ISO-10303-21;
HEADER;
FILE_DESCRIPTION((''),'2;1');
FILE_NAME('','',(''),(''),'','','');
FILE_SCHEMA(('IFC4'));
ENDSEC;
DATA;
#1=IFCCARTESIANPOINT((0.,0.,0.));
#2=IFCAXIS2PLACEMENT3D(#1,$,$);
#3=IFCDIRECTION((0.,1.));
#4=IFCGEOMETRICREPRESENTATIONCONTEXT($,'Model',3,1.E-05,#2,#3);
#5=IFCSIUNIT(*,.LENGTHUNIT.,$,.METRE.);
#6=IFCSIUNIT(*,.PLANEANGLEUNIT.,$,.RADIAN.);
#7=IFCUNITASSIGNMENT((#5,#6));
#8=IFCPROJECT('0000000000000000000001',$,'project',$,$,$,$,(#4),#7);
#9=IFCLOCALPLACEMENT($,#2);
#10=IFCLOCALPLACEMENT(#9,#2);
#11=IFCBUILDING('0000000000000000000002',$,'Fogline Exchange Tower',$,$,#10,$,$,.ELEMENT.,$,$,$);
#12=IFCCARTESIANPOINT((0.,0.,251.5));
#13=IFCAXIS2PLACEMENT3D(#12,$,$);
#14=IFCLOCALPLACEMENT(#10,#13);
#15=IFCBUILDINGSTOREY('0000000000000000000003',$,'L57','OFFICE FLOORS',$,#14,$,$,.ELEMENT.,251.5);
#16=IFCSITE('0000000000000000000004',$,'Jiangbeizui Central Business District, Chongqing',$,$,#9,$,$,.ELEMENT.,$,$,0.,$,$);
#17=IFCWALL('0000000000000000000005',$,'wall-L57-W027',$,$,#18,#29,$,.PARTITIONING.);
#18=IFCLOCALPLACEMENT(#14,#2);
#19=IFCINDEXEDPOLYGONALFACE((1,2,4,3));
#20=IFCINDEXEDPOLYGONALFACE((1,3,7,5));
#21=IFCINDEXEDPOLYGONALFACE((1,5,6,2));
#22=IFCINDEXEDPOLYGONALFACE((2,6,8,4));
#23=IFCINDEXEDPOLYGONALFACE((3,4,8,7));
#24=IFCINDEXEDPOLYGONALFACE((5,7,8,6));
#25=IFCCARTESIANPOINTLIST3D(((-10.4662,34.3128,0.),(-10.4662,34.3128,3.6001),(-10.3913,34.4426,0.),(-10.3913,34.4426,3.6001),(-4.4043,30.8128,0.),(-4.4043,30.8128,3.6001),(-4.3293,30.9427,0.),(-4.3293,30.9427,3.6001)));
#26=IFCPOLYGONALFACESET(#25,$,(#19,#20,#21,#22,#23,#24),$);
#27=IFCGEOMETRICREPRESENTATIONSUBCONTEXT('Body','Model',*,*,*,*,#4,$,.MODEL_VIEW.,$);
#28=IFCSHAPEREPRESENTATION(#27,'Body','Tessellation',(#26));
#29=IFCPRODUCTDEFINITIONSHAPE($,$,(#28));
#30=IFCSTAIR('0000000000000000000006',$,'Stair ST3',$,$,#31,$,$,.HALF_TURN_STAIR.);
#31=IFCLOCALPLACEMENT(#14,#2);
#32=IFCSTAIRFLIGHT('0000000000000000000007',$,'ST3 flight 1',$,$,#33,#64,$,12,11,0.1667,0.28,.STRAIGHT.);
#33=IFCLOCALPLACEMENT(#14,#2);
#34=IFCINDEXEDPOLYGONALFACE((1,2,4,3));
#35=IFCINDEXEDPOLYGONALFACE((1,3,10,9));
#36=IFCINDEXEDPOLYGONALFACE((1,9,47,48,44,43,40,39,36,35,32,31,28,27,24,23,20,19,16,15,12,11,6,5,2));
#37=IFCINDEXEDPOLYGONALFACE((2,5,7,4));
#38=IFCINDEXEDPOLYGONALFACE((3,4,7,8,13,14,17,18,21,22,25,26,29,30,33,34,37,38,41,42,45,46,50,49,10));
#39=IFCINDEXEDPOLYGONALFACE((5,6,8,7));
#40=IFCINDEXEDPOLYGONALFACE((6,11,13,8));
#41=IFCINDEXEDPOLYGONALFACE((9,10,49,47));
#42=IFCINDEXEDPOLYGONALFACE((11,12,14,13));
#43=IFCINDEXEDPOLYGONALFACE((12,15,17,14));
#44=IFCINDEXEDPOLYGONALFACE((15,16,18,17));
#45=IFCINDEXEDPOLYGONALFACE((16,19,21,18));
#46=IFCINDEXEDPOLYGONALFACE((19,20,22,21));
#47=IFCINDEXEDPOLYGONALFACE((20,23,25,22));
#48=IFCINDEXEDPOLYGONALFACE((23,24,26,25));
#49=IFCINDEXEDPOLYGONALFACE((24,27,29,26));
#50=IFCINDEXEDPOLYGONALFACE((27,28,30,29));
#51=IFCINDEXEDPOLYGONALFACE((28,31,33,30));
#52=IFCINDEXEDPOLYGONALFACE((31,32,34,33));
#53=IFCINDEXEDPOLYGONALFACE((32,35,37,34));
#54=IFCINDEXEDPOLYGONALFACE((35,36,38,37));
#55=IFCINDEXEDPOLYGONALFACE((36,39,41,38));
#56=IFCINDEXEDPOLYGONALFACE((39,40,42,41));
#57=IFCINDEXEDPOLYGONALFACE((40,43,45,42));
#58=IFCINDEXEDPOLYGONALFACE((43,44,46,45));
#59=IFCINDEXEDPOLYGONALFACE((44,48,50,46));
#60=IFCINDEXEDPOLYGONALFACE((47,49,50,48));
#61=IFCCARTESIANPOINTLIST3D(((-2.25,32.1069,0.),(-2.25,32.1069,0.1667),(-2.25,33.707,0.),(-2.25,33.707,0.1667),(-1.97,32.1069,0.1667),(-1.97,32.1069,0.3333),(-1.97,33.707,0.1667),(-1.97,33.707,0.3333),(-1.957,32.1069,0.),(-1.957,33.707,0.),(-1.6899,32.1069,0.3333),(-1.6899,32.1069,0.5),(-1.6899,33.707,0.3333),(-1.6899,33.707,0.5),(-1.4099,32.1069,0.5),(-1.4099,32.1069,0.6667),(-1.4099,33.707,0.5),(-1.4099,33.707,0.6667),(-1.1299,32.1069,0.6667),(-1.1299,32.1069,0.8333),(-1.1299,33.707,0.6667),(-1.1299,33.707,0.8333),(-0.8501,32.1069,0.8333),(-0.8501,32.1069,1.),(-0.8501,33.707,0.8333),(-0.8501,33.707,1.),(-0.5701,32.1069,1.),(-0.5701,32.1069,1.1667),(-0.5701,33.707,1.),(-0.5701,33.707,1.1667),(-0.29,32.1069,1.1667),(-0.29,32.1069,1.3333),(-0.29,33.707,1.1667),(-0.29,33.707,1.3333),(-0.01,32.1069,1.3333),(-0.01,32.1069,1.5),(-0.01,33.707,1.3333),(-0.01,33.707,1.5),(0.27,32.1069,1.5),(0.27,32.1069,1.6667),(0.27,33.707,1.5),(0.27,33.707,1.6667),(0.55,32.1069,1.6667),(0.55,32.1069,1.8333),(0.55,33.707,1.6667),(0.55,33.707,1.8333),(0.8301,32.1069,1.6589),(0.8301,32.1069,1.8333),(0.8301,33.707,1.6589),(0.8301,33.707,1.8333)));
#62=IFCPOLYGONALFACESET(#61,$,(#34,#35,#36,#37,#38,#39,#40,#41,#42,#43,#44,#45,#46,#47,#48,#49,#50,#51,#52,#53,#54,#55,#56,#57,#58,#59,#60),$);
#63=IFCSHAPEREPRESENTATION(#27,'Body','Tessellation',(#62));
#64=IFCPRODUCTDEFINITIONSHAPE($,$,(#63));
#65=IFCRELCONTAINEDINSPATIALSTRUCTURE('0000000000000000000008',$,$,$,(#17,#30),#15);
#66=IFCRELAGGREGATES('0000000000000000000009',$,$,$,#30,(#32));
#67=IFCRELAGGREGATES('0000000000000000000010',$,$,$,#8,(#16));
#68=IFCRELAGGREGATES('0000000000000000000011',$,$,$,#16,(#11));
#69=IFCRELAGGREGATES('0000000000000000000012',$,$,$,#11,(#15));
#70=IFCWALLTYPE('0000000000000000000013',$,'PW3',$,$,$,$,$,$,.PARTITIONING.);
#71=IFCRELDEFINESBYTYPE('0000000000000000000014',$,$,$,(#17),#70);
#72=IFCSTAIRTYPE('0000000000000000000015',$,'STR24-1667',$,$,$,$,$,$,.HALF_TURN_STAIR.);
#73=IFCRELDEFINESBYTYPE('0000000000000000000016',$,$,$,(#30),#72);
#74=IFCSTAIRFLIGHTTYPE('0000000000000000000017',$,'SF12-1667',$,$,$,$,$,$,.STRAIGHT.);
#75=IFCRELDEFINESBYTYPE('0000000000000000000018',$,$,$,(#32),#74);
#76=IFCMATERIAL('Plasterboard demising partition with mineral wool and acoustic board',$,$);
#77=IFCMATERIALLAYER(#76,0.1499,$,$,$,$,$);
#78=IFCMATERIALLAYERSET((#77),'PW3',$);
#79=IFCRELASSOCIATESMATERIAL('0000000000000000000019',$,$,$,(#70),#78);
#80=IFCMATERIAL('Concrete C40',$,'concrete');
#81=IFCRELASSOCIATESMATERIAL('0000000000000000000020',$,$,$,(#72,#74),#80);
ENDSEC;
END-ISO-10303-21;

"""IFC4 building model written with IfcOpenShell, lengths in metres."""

from ifc_helpers import new_model, si_unit, direction, frame, frame_2d, origin, place, context, subcontext, project, spatial, polyline, rectangle, outline, extrude, material, layer, layer_set, type_object, element, aggregate, save


model = new_model("IFC4")

# Units and contexts
model_context = context("Model", 3, precision=1e-05, world=origin(), true_north=direction((0.0, 1.0)))
body_context = subcontext(model_context, "Body", "Model", "MODEL_VIEW")
ifc_project = project(units=[si_unit("LENGTHUNIT", "METRE"), si_unit("PLANEANGLEUNIT", "RADIAN")], contexts=[model_context])

# Site, building, storey
site_placement = place(None, origin())
site = spatial("IfcSite", under=ifc_project, at=site_placement, Name="Jiangbeizui Central Business District, Chongqing", CompositionType="ELEMENT", RefElevation=0.0)
building_placement = place(site_placement, origin())
building = spatial("IfcBuilding", under=site, at=building_placement, Name="Fogline Exchange Tower", CompositionType="ELEMENT")
storey_placement = place(building_placement, frame((0.0, 0.0, 251.5)))
storey = spatial("IfcBuildingStorey", under=building, at=storey_placement, Name="L57", Description="OFFICE FLOORS", CompositionType="ELEMENT", Elevation=251.5)

# Shared definitions
ifc_material_1 = material(Name="Concrete C40", Category="concrete")

# Wall
ifc_material_2 = material(Name="Plasterboard demising partition with mineral wool and acoustic board")
ifc_layer_1 = layer(ifc_material_2, 0.1499)
ifc_layer_set_1 = layer_set([ifc_layer_1], Name="PW3")
wall_type_1 = type_object("IfcWallType", Name="PW3", PredefinedType="PARTITIONING", material=ifc_layer_set_1)
wall_1_placement = place(storey_placement, frame((-4.3667, 30.8777, 0.0), z_axis=(0.0, 0.0, 1.0), x_axis=(-0.866019, 0.50001, 0.0)))
element("IfcWall", 1, at=wall_1_placement, inside=storey, type_object=wall_type_1, Name="wall-L57-W027", PredefinedType="PARTITIONING", context=body_context, shape_type="SweptSolid", body=[
    extrude(rectangle(XDim=6.9998, YDim=0.1499, at=frame_2d((3.5, 0.0))), origin(), (0.0, 0.0, 1.0), 3.6001),
])

# Stair, stair flight
stair_type = type_object("IfcStairType", Name="STR24-1667", PredefinedType="HALF_TURN_STAIR", material=ifc_material_1)
stair_placement = place(storey_placement, origin())
stair = element("IfcStair", 2, at=stair_placement, inside=storey, type_object=stair_type, Name="Stair ST3", PredefinedType="HALF_TURN_STAIR")
stair_flight_type = type_object("IfcStairFlightType", Name="SF12-1667", PredefinedType="STRAIGHT", material=ifc_material_1)
stair_flight_placement = place(storey_placement, frame((-2.25, 32.907, 0.0), z_axis=(0.0, 0.0, 1.0), x_axis=(1.0, 0.0, 0.0)))
stair_flight = element("IfcStairFlight", 3, at=stair_flight_placement, type_object=stair_flight_type, Name="ST3 flight 1", NumberOfRisers=12, NumberOfTreads=11, PredefinedType="STRAIGHT", RiserHeight=0.1667, TreadLength=0.28, context=body_context, shape_type="SweptSolid", body=[
    extrude(outline(polyline([(0.0, 0.0), (0.0, 0.1667), (0.28, 0.1667), (0.28, 0.3333), (0.5601, 0.3333), (0.5601, 0.5), (0.8401, 0.5), (0.8401, 0.6667), (1.1201, 0.6667), (1.1201, 0.8333), (1.3999, 0.8333), (1.3999, 1.0), (1.6799, 1.0), (1.6799, 1.1667), (1.96, 1.1667), (1.96, 1.3333), (2.24, 1.3333), (2.24, 1.5), (2.52, 1.5), (2.52, 1.6667), (2.8, 1.6667), (2.8, 1.8333), (3.0801, 1.8333), (3.0801, 2.0), (3.0801, 1.6589), (0.293, 0.0), (0.0, 0.0)])), frame((0.0, 0.8, 0.0), z_axis=(0.0, -1.0, 0.0), x_axis=(1.0, 0.0, 0.0)), (0.0, 0.0, 1.0), 1.6001),
])
aggregate(stair, [stair_flight])

save(model, "model.ifc")
